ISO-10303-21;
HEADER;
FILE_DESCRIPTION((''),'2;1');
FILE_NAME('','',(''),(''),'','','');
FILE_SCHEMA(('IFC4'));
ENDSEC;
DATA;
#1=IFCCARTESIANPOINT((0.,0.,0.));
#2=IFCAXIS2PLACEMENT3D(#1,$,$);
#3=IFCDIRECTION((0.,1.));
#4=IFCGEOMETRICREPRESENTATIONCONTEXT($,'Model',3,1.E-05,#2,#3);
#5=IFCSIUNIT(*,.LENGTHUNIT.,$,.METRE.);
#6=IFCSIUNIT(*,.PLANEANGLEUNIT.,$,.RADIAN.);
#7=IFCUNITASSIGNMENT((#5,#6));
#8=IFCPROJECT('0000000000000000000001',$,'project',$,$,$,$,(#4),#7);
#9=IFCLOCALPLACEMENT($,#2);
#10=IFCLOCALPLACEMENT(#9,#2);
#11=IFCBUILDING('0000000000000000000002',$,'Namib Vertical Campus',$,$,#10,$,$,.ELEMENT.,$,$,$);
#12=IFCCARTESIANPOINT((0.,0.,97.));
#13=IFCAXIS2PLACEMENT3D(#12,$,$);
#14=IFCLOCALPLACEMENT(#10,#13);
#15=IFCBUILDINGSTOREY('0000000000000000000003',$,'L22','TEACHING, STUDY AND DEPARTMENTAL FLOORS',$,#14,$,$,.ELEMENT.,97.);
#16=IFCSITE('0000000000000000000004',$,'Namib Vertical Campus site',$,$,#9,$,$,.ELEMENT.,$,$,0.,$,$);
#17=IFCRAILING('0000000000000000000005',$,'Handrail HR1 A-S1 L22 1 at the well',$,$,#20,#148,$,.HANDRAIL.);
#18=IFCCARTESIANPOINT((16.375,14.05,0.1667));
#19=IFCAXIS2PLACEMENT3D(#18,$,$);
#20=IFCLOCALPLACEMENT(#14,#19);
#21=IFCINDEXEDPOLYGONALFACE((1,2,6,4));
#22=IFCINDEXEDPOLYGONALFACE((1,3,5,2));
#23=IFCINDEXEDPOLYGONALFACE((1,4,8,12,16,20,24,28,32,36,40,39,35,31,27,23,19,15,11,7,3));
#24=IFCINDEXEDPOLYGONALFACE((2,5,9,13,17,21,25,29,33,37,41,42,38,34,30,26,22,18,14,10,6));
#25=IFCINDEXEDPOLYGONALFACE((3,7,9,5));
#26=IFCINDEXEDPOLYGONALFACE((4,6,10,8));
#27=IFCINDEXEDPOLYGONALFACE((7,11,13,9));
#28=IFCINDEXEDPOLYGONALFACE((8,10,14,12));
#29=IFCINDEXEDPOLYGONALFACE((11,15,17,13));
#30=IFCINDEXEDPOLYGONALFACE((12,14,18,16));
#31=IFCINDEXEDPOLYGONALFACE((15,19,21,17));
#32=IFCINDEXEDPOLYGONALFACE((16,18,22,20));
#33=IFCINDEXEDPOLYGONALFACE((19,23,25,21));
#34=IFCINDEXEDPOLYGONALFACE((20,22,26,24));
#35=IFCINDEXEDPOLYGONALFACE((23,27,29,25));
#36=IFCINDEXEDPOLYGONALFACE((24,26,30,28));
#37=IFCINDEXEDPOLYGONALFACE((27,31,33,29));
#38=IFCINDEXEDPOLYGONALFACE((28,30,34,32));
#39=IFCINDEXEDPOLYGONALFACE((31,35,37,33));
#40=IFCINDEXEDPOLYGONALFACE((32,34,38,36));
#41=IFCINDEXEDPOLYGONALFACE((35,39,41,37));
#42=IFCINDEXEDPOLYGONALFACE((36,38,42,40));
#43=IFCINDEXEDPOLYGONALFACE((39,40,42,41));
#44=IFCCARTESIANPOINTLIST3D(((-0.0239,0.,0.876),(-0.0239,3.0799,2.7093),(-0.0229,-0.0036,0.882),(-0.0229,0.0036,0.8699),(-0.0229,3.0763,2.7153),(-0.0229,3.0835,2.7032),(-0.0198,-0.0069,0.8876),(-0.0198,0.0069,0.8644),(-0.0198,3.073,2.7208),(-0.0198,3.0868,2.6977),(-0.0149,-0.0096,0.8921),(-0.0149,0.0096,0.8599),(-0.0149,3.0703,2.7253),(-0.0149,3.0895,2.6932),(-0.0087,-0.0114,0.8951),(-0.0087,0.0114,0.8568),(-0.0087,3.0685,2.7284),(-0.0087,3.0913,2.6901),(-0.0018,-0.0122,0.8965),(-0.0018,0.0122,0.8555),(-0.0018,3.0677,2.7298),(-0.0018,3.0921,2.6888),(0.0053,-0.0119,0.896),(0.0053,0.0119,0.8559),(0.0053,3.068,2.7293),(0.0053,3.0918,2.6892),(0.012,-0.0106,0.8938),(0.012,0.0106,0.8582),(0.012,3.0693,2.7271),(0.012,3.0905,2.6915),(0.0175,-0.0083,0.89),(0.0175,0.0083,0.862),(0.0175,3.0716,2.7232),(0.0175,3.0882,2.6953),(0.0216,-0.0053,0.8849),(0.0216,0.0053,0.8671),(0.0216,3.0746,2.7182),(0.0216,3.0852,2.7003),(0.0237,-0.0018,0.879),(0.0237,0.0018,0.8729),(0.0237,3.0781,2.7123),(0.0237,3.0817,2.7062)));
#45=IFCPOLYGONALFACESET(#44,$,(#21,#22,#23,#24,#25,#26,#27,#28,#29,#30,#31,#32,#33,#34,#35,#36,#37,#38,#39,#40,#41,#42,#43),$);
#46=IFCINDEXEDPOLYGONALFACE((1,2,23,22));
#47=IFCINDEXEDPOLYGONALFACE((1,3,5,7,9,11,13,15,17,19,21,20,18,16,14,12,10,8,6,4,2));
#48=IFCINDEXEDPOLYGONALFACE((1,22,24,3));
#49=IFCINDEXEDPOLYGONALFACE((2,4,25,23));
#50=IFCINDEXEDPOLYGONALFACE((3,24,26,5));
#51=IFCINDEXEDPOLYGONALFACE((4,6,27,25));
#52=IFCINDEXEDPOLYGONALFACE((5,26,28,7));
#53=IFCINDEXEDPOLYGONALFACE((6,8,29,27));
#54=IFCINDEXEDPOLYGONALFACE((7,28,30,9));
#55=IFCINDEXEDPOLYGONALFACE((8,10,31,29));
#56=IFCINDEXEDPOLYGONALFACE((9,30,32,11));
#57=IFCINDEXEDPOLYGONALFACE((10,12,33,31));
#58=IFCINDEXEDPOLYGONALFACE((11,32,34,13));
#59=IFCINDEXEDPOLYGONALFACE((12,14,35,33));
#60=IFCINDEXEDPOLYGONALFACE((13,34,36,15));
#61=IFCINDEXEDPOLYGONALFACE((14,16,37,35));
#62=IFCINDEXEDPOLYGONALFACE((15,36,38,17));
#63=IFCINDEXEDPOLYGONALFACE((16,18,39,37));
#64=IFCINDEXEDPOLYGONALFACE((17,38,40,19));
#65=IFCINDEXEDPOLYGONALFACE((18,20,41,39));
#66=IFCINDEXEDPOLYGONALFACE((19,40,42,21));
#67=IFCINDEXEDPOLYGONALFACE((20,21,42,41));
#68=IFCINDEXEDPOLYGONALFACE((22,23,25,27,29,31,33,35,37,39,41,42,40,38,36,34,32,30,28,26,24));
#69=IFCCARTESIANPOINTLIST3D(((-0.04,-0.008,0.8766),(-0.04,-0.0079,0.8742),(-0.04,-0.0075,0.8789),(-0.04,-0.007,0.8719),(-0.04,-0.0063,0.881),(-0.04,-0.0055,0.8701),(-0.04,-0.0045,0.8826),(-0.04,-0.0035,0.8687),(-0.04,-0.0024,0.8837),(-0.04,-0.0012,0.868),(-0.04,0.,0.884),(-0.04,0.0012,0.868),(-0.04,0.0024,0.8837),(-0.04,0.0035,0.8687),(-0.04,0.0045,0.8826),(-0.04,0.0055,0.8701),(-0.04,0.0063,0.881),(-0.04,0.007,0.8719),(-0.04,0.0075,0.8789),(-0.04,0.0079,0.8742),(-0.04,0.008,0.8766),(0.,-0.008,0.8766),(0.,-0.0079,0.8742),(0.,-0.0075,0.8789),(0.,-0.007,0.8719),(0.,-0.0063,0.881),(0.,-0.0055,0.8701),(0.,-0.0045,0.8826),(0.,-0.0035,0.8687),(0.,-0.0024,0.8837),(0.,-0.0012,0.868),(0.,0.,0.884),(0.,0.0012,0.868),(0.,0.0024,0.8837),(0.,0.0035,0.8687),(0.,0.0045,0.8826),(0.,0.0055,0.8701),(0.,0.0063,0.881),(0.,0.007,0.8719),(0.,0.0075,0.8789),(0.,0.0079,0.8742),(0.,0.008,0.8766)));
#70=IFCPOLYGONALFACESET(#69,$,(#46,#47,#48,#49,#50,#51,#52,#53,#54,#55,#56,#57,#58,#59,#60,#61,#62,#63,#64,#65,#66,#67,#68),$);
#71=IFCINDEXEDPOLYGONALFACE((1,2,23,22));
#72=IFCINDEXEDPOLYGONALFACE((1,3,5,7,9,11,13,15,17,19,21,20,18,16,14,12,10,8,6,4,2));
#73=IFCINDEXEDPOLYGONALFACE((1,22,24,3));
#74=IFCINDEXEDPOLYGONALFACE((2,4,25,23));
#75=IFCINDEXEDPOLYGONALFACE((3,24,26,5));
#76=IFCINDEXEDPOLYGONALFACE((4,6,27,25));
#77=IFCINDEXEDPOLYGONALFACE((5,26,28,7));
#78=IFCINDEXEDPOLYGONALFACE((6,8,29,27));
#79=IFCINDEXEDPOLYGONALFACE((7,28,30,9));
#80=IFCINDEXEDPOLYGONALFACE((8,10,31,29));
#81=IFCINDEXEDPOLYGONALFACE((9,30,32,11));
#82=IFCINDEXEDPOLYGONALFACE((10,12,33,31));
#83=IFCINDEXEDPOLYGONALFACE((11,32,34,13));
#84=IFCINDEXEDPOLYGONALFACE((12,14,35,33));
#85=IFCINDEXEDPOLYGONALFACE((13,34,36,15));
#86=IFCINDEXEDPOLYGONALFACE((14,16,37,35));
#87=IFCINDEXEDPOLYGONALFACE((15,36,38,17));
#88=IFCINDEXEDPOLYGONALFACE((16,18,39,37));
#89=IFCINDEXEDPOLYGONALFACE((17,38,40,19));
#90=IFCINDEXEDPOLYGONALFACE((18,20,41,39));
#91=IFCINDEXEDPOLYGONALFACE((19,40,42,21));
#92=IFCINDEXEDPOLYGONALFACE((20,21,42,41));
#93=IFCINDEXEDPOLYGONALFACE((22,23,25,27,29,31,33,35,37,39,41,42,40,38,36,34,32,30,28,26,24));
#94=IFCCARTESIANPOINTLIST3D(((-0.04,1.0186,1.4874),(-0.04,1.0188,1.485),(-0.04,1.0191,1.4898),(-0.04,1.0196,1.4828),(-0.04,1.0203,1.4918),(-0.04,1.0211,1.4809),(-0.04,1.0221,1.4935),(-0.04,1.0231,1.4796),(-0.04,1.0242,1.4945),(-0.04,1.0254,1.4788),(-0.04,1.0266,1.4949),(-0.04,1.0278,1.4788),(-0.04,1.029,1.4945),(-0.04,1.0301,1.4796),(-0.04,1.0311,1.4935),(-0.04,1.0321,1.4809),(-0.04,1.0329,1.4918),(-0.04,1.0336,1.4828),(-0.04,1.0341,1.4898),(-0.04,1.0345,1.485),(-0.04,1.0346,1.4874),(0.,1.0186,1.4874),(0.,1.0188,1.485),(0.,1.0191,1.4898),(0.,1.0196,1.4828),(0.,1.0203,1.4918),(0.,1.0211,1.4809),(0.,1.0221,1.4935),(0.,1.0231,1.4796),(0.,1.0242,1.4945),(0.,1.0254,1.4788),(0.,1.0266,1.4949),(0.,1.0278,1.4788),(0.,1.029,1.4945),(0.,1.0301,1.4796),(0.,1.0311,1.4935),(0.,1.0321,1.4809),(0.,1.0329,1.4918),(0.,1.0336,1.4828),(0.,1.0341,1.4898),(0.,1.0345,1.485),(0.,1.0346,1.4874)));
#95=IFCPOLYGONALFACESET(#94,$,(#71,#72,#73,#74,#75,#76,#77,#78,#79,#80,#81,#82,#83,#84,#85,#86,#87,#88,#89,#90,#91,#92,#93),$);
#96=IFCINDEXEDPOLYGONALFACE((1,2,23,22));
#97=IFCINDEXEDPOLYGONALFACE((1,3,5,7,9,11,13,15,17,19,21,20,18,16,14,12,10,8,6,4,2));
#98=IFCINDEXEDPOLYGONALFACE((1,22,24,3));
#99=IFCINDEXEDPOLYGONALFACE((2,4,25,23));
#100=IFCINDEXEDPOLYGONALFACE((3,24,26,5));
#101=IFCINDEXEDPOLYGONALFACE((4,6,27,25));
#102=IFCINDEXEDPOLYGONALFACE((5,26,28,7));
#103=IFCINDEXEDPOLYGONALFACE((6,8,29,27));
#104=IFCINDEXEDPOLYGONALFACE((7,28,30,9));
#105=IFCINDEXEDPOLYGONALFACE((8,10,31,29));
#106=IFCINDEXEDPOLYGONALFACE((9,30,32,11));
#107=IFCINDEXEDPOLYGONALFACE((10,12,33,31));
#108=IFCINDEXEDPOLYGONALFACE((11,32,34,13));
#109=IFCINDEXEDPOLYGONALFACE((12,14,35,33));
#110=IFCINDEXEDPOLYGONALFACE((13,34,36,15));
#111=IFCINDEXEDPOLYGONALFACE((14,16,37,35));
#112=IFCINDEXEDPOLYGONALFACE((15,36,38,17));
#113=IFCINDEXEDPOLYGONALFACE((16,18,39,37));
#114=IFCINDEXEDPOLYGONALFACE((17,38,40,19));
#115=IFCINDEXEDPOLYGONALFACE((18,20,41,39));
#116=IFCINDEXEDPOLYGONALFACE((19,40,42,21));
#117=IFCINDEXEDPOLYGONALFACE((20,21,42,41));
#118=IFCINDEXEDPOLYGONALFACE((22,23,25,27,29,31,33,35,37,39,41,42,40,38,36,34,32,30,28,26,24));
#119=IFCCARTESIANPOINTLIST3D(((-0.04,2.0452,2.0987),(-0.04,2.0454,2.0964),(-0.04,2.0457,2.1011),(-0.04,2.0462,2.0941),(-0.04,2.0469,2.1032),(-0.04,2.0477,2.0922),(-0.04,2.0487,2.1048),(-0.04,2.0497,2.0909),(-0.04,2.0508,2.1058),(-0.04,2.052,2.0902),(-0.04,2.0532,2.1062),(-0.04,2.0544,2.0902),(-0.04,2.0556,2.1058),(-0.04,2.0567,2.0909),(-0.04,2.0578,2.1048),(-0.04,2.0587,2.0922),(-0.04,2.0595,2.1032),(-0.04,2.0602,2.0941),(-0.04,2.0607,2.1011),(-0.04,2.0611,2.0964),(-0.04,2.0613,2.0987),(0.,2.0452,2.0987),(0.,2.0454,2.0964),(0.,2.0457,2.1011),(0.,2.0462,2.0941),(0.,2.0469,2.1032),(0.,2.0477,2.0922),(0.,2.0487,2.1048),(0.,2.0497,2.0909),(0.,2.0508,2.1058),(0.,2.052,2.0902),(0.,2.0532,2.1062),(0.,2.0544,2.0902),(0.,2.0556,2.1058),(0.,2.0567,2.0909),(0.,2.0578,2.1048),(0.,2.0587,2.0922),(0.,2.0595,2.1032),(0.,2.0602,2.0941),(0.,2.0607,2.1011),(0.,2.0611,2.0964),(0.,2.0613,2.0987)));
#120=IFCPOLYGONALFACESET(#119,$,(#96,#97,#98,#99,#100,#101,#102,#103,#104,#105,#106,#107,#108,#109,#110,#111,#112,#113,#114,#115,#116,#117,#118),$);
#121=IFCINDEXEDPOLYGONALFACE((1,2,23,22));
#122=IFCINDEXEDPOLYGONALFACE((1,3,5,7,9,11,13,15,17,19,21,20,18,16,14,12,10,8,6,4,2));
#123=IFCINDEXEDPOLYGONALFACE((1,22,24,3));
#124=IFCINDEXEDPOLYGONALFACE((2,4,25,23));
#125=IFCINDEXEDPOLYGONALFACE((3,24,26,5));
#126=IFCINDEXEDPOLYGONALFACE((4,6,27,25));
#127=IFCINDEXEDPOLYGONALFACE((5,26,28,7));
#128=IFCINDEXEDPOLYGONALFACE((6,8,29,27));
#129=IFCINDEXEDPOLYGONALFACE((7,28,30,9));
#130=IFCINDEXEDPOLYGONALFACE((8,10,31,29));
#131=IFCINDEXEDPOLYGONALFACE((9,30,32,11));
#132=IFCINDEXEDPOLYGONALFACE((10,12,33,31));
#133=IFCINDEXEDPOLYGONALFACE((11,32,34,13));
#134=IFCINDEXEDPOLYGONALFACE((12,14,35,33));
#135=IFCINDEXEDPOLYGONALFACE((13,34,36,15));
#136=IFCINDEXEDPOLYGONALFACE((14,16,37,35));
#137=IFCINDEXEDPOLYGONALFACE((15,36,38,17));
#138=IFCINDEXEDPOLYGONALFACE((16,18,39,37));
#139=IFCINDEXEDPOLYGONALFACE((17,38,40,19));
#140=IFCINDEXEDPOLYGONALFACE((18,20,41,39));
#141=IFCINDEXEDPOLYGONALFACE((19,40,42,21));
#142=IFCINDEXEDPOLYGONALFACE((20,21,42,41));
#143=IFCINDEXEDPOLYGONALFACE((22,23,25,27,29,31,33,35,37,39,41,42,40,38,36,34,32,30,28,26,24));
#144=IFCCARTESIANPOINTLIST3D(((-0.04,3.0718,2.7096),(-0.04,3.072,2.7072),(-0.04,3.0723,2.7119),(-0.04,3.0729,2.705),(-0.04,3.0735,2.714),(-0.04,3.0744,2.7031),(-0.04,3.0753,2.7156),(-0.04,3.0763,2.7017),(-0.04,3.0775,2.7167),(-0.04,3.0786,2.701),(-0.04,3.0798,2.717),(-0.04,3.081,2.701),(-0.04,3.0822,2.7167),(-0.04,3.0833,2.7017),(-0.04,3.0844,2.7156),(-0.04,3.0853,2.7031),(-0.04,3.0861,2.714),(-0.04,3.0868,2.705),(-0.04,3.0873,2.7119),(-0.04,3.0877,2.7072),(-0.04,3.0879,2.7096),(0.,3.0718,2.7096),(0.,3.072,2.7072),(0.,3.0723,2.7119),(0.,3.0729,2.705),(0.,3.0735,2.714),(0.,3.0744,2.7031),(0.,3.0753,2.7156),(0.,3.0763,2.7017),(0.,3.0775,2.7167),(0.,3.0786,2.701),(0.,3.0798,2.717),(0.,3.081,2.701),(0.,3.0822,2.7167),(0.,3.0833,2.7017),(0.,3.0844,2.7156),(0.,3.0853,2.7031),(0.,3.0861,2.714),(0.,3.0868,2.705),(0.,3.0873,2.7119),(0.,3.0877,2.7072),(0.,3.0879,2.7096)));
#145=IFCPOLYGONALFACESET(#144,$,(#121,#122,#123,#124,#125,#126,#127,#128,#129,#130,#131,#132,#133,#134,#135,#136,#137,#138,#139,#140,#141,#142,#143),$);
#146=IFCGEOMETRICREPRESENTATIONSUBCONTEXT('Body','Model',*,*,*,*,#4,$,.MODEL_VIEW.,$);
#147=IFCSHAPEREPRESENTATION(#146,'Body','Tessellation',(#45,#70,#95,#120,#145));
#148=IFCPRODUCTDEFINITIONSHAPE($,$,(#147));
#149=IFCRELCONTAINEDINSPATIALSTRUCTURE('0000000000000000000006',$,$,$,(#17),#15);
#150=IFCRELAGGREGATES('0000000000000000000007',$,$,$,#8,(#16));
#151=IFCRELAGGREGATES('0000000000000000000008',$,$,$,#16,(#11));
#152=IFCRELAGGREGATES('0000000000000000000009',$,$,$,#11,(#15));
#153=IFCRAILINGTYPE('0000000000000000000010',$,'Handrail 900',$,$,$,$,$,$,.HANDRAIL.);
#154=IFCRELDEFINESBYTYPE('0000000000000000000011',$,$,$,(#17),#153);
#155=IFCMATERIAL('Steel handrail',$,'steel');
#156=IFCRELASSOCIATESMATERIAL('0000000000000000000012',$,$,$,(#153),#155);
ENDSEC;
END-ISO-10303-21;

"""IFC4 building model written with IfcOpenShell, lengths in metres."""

from ifc_helpers import new_model, si_unit, direction, frame, origin, origin_2d, place, context, subcontext, project, spatial, circle, extrude, material, type_object, element, save


model = new_model("IFC4")

# Units and contexts
model_context = context("Model", 3, precision=1e-05, world=origin(), true_north=direction((0.0, 1.0)))
body_context = subcontext(model_context, "Body", "Model", "MODEL_VIEW")
ifc_project = project(units=[si_unit("LENGTHUNIT", "METRE"), si_unit("PLANEANGLEUNIT", "RADIAN")], contexts=[model_context])

# Site, building, storey
site_placement = place(None, origin())
site = spatial("IfcSite", under=ifc_project, at=site_placement, Name="Namib Vertical Campus site", CompositionType="ELEMENT", RefElevation=0.0)
building_placement = place(site_placement, origin())
building = spatial("IfcBuilding", under=site, at=building_placement, Name="Namib Vertical Campus", CompositionType="ELEMENT")
storey_placement = place(building_placement, frame((0.0, 0.0, 97.0)))
storey = spatial("IfcBuildingStorey", under=building, at=storey_placement, Name="L22", Description="TEACHING, STUDY AND DEPARTMENTAL FLOORS", CompositionType="ELEMENT", Elevation=97.0)

# Railing
ifc_material_1 = material(Name="Steel handrail", Category="steel")
railing_type_1 = type_object("IfcRailingType", Name="Handrail 900", PredefinedType="HANDRAIL", material=ifc_material_1)
railing_1_placement = place(storey_placement, frame((16.375, 14.05, 0.1667)))
element("IfcRailing", 1, at=railing_1_placement, inside=storey, type_object=railing_type_1, Name="Handrail HR1 A-S1 L22 1 at the well", PredefinedType="HANDRAIL", context=body_context, shape_type="SweptSolid", body=[
    extrude(circle(Radius=0.0239, at=origin_2d()), frame((0.0, 0.0, 0.876), z_axis=(0.0, 0.859291, 0.511487), x_axis=(-1.0, 0.0, 0.0)), (0.0, 0.0, 1.0), 3.5842),
    extrude(circle(Radius=0.0081, at=origin_2d()), frame((0.0, 0.0, 0.876), z_axis=(-1.0, 0.0, 0.0), x_axis=(0.0, 0.0, 1.0)), (0.0, 0.0, 1.0), 0.04),
    extrude(circle(Radius=0.0081, at=origin_2d()), frame((0.0, 1.0266, 1.4868), z_axis=(-1.0, 0.0, 0.0), x_axis=(0.0, 0.0, 1.0)), (0.0, 0.0, 1.0), 0.04),
    extrude(circle(Radius=0.0081, at=origin_2d()), frame((0.0, 2.0532, 2.0981), z_axis=(-1.0, 0.0, 0.0), x_axis=(0.0, 0.0, 1.0)), (0.0, 0.0, 1.0), 0.04),
    extrude(circle(Radius=0.0081, at=origin_2d()), frame((0.0, 3.0798, 2.709), z_axis=(-1.0, 0.0, 0.0), x_axis=(0.0, 0.0, 1.0)), (0.0, 0.0, 1.0), 0.04),
])

save(model, "model.ifc")
